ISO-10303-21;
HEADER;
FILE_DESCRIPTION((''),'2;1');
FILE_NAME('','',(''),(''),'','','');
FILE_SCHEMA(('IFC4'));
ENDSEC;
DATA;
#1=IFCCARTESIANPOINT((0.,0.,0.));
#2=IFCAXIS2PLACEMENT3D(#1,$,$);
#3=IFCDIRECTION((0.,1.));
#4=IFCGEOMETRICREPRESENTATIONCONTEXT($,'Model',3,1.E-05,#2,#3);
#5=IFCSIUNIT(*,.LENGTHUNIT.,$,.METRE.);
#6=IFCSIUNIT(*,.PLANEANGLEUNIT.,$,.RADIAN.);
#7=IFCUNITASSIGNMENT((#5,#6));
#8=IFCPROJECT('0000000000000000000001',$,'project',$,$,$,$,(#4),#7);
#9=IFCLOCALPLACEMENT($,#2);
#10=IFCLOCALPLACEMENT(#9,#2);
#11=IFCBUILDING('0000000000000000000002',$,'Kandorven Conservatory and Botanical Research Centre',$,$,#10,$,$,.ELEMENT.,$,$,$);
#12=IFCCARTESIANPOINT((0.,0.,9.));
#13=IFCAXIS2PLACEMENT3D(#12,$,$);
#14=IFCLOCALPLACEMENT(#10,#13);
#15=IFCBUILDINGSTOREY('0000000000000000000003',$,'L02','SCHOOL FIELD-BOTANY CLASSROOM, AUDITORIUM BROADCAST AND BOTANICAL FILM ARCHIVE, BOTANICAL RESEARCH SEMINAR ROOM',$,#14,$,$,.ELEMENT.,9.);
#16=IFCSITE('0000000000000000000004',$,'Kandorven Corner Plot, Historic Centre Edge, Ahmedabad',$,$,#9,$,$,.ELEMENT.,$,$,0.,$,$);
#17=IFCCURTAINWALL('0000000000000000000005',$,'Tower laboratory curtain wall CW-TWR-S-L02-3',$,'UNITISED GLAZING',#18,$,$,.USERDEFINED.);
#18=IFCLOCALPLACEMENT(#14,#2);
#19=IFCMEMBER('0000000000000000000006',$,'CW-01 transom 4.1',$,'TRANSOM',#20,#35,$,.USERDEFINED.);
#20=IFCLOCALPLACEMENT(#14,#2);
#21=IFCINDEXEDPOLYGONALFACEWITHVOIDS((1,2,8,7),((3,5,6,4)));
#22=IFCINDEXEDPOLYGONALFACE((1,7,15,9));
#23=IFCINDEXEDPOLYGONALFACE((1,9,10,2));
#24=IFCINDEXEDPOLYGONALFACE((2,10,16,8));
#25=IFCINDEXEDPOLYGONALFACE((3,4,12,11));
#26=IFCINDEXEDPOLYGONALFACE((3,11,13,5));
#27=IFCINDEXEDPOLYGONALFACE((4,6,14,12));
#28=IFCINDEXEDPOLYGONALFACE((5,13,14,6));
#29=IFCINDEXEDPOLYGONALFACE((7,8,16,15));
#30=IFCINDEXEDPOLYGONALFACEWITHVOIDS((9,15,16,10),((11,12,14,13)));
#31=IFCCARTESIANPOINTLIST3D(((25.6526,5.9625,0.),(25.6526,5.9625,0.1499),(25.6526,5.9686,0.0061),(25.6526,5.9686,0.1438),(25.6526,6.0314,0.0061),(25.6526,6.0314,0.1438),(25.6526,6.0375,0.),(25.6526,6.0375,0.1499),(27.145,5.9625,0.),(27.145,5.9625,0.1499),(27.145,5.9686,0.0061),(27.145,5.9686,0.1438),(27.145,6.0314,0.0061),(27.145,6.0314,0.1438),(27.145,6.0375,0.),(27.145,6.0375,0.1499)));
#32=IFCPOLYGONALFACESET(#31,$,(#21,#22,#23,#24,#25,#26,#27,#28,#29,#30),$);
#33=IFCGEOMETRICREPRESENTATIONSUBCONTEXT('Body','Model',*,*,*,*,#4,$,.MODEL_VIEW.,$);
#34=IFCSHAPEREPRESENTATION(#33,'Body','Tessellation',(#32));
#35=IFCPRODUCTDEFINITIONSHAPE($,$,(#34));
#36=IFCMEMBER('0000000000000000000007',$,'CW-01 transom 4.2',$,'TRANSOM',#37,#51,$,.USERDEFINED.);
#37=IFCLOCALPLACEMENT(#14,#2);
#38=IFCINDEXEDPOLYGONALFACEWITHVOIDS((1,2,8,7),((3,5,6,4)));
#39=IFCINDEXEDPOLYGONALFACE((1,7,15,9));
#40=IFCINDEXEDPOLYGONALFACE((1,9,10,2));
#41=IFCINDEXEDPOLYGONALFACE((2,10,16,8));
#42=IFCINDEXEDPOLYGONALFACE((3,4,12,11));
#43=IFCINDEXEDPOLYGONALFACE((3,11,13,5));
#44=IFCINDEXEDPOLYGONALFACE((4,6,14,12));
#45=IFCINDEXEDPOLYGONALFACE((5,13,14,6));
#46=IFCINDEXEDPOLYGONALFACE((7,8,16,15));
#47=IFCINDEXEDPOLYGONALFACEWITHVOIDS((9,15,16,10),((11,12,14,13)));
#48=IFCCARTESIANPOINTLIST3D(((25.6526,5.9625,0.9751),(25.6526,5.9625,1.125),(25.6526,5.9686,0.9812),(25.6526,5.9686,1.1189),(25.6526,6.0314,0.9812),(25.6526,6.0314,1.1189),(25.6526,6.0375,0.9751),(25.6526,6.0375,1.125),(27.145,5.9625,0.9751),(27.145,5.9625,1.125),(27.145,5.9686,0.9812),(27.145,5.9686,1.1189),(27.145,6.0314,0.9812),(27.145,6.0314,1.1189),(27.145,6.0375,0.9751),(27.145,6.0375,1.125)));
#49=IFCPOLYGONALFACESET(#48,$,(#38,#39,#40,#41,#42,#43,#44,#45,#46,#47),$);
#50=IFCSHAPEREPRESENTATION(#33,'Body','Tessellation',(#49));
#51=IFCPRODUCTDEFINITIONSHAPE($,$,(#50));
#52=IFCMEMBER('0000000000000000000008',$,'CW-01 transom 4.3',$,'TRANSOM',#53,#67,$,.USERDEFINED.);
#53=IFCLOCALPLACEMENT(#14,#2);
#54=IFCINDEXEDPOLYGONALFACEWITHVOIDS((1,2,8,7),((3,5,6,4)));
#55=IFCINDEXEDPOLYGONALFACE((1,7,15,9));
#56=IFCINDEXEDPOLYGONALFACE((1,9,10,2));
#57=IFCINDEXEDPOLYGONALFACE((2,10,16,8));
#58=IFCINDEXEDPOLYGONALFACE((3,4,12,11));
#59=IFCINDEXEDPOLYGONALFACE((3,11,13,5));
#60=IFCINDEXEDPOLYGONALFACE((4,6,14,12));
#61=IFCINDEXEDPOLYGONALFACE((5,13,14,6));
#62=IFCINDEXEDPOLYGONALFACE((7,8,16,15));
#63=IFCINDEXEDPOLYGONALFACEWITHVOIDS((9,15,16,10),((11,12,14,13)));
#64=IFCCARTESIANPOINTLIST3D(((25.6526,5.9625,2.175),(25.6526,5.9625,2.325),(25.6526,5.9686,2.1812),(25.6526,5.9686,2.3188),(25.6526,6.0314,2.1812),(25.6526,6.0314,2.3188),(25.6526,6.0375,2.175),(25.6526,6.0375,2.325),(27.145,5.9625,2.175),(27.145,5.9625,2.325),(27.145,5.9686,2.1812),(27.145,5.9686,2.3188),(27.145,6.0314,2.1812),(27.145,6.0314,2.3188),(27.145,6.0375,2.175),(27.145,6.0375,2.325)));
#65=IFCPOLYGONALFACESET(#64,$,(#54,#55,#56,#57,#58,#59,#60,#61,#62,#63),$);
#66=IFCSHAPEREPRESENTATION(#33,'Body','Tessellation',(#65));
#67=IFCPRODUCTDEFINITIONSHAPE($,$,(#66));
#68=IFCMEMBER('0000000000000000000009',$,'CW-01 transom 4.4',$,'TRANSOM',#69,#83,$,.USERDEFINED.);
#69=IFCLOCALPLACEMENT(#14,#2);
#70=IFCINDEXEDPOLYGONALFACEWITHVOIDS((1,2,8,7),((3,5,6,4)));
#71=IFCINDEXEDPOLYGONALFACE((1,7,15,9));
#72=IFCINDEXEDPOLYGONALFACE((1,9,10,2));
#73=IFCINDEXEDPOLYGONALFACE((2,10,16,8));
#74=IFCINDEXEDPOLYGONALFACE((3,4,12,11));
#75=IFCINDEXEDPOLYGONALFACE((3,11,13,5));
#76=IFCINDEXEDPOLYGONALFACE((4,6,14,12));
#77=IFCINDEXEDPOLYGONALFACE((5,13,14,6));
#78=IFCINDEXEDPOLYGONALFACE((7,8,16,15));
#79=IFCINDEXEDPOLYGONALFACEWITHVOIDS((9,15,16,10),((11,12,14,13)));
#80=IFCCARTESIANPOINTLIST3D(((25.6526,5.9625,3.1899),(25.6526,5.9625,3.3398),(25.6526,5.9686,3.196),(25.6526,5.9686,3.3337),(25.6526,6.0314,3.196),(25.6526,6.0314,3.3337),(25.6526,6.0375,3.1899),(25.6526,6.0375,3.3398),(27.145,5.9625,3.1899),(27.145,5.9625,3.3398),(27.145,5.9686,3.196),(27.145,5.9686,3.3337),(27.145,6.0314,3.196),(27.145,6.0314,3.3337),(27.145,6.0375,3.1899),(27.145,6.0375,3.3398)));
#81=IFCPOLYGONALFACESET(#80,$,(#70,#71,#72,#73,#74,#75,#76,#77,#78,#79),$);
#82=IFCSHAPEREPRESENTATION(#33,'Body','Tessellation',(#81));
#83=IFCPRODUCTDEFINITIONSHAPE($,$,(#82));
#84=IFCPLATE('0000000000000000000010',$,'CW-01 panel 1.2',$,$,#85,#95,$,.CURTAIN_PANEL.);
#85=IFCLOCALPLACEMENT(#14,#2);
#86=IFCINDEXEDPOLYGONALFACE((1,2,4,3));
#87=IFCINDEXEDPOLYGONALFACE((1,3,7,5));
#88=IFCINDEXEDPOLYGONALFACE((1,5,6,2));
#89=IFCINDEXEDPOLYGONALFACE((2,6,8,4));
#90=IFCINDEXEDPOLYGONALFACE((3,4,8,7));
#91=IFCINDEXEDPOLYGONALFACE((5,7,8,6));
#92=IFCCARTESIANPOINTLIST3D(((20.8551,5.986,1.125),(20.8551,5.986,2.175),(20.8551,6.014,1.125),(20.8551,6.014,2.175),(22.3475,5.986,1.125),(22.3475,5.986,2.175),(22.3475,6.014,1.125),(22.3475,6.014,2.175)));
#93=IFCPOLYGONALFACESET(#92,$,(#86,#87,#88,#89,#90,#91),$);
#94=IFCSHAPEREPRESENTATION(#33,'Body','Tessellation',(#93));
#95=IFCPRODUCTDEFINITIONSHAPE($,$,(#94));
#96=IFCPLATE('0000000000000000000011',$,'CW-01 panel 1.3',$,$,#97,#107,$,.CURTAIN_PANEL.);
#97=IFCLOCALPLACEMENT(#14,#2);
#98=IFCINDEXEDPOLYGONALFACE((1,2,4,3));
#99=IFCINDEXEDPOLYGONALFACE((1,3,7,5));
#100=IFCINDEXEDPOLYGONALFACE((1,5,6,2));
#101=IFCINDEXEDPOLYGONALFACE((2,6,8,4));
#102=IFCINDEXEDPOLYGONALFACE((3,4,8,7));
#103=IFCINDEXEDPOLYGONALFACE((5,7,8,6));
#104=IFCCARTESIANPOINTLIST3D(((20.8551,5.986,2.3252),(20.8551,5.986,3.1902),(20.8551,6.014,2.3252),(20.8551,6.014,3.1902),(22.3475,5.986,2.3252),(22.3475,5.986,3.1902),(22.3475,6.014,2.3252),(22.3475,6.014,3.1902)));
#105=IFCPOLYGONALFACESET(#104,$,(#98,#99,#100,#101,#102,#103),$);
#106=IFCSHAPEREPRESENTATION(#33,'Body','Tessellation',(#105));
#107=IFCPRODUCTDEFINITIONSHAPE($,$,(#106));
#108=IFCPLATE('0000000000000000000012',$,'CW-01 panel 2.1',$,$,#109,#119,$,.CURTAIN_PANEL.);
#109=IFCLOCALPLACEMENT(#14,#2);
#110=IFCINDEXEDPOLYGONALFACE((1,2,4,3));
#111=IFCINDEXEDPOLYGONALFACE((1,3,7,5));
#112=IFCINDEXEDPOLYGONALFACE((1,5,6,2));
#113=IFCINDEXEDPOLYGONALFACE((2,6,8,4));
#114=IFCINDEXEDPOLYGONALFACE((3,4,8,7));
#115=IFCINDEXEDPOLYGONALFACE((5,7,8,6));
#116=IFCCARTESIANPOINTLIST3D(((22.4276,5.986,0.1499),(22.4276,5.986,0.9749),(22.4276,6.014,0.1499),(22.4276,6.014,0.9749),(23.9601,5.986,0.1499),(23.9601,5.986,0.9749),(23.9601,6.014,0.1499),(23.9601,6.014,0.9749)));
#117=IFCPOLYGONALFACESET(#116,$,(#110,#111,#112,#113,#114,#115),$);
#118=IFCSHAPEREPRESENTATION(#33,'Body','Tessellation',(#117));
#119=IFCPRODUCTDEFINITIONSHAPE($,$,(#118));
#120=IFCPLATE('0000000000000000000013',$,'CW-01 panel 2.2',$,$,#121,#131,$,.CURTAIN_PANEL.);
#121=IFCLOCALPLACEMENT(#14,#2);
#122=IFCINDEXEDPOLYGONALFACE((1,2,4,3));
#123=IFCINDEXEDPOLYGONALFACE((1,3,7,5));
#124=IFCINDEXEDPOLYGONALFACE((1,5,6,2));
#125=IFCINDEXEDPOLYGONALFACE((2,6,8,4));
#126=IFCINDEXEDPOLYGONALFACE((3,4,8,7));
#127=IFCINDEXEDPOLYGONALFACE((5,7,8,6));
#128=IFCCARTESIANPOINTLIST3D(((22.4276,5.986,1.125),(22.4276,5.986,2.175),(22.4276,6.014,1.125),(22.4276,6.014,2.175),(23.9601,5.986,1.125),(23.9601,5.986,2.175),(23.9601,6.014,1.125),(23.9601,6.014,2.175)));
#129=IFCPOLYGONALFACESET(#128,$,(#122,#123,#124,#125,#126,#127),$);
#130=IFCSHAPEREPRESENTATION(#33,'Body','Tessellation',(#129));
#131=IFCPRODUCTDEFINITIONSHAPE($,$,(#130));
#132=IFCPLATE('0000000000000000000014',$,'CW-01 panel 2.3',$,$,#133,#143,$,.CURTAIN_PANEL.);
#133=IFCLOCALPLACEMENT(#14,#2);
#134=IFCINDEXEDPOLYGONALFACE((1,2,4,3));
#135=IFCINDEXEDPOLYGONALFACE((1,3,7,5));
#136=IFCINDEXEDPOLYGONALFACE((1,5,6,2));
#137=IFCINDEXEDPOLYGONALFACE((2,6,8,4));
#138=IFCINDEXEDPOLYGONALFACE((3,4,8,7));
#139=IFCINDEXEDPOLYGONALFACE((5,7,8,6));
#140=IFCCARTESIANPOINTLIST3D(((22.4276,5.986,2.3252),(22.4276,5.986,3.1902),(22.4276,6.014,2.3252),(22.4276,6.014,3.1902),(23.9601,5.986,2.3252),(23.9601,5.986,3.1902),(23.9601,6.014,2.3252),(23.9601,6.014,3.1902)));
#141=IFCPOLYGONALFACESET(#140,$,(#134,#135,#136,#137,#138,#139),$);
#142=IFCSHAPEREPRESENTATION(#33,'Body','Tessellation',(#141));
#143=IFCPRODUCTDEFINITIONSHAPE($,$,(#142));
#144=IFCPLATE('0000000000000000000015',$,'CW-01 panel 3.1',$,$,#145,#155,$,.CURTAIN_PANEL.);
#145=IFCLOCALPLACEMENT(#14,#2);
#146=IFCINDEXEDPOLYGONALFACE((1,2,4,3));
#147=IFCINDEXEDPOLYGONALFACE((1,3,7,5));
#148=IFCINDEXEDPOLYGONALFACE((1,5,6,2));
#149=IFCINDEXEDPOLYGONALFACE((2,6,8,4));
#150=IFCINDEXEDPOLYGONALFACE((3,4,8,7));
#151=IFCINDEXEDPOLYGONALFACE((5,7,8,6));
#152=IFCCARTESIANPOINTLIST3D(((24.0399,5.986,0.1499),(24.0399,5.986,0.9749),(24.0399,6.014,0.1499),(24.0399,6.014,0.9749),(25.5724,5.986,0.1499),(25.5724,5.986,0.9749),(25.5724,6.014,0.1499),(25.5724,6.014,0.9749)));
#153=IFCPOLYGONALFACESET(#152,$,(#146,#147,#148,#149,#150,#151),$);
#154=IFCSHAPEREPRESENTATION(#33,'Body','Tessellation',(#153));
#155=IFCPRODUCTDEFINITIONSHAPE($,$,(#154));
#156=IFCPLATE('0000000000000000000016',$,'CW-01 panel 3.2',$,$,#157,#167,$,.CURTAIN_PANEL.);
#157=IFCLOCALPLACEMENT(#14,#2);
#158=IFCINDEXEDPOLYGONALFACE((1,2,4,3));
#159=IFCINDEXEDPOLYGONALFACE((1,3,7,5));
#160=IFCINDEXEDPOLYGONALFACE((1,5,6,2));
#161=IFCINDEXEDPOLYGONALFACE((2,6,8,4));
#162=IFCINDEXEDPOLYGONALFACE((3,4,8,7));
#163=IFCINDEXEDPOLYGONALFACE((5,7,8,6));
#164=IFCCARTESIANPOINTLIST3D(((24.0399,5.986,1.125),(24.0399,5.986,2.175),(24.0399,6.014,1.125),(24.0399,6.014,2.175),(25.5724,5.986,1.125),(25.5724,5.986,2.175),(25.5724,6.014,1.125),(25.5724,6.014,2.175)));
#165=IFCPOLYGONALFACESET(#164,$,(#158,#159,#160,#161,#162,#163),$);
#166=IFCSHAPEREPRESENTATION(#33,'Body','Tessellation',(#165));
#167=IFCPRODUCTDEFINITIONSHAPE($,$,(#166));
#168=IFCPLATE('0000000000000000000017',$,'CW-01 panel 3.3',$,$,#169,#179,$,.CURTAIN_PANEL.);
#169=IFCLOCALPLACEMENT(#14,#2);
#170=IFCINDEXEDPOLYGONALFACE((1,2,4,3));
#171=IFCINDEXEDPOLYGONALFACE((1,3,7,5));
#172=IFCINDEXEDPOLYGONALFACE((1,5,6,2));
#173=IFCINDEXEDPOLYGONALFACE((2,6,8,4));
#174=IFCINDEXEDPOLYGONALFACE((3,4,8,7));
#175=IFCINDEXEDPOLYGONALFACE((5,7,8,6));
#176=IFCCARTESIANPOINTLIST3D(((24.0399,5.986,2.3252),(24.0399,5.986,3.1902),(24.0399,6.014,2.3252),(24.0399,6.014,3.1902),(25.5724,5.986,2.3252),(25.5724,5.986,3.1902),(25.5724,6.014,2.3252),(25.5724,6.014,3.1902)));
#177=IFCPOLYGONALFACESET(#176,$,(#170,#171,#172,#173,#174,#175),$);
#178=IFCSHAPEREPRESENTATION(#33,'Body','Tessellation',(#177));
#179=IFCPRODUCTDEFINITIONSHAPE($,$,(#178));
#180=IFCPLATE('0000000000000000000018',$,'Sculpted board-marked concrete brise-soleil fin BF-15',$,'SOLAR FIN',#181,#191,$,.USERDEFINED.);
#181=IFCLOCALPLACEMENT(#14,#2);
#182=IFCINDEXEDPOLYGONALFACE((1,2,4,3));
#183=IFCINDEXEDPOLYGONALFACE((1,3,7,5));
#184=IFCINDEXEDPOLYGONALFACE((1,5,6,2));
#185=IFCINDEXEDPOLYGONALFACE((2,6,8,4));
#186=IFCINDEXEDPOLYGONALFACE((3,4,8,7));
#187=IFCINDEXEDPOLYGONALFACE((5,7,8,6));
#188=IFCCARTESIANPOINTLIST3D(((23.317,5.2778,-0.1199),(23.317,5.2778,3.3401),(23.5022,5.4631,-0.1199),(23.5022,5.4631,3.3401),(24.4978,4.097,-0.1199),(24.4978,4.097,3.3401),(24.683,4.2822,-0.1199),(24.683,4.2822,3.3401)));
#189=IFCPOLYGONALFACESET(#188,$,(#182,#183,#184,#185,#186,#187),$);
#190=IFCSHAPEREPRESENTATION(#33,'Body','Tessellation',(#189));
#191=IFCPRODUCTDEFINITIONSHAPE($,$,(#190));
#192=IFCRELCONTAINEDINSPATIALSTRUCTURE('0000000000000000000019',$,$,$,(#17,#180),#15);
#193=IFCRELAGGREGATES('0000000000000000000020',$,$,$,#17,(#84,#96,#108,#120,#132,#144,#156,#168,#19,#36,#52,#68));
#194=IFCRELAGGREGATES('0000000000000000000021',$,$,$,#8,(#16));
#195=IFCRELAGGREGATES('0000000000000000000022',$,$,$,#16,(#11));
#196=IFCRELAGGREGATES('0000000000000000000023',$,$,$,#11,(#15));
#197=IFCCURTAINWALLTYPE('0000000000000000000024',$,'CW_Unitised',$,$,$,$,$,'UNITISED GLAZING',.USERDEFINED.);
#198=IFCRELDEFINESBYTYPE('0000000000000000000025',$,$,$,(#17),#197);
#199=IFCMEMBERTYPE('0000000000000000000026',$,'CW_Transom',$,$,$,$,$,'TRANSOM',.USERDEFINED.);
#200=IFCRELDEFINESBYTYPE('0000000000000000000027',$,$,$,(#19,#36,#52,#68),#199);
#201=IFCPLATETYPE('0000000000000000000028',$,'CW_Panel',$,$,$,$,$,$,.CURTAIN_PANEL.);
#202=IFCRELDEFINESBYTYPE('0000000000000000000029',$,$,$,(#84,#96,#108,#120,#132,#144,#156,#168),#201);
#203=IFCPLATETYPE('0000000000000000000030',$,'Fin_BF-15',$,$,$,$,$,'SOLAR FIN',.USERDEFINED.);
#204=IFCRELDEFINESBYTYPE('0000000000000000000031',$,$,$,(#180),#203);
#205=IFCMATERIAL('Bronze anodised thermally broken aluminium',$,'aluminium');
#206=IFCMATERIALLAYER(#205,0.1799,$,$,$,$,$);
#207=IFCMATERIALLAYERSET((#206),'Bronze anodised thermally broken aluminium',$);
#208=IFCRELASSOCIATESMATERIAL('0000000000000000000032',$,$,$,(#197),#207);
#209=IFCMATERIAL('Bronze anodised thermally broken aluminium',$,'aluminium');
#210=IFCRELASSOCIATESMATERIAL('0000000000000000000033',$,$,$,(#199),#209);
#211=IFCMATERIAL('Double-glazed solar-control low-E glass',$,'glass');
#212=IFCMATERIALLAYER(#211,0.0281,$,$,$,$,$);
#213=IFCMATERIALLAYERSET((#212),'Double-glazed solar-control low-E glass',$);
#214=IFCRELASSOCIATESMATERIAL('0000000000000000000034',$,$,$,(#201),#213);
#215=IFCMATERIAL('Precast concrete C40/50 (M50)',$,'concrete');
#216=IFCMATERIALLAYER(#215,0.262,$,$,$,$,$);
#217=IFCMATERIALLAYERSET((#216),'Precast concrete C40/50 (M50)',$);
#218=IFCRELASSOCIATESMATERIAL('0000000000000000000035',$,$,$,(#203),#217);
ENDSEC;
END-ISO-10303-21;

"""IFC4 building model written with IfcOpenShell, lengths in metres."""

from ifc_helpers import new_model, si_unit, direction, frame, origin, origin_2d, place, context, subcontext, project, spatial, rectangle, hollow_rectangle, extrude, material, layer, layer_set, material_profile, profile_set, type_object, element, aggregate, save


model = new_model("IFC4")

# Units and contexts
model_context = context("Model", 3, precision=1e-05, world=origin(), true_north=direction((0.0, 1.0)))
body_context = subcontext(model_context, "Body", "Model", "MODEL_VIEW")
ifc_project = project(units=[si_unit("LENGTHUNIT", "METRE"), si_unit("PLANEANGLEUNIT", "RADIAN")], contexts=[model_context])

# Site, building, storey
site_placement = place(None, origin())
site = spatial("IfcSite", under=ifc_project, at=site_placement, Name="Kandorven Corner Plot, Historic Centre Edge, Ahmedabad", CompositionType="ELEMENT", RefElevation=0.0)
building_placement = place(site_placement, origin())
building = spatial("IfcBuilding", under=site, at=building_placement, Name="Kandorven Conservatory and Botanical Research Centre", CompositionType="ELEMENT")
storey_placement = place(building_placement, frame((0.0, 0.0, 9.0)))
storey = spatial("IfcBuildingStorey", under=building, at=storey_placement, Name="L02", Description="SCHOOL FIELD-BOTANY CLASSROOM, AUDITORIUM BROADCAST AND BOTANICAL FILM ARCHIVE, BOTANICAL RESEARCH SEMINAR ROOM", CompositionType="ELEMENT", Elevation=9.0)

# Curtain wall, members, plates
ifc_material_1 = material(Name="Bronze anodised thermally broken aluminium", Category="aluminium")
ifc_layer_1 = layer(ifc_material_1, 0.1799)
ifc_layer_set_1 = layer_set([ifc_layer_1], Name="Bronze anodised thermally broken aluminium")
curtain_wall_type = type_object("IfcCurtainWallType", Name="CW_Unitised", ElementType="UNITISED GLAZING", PredefinedType="USERDEFINED", material=ifc_layer_set_1)
curtain_wall_placement = place(storey_placement, origin())
curtain_wall = element("IfcCurtainWall", 1, at=curtain_wall_placement, inside=storey, type_object=curtain_wall_type, Name="Tower laboratory curtain wall CW-TWR-S-L02-3", ObjectType="UNITISED GLAZING", PredefinedType="USERDEFINED")
ifc_material_2 = material(Name="Bronze anodised thermally broken aluminium", Category="aluminium")
ifc_material_profile_1 = material_profile(ifc_material_2, hollow_rectangle(XDim=0.075, YDim=0.1499, WallThickness=0.0061, at=origin_2d()))
ifc_profile_set_1 = profile_set([ifc_material_profile_1], Name="Bronze anodised thermally broken aluminium")
member_type_1 = type_object("IfcMemberType", Name="CW_Transom", ElementType="TRANSOM", PredefinedType="USERDEFINED", material=ifc_profile_set_1)
member_1_placement = place(storey_placement, frame((25.6526, 6.0, 0.075), z_axis=(1.0, 0.0, 0.0), x_axis=(0.0, 1.0, 0.0)))
member_1 = element("IfcMember", 2, at=member_1_placement, type_object=member_type_1, Name="CW-01 transom 4.1", ObjectType="TRANSOM", PredefinedType="USERDEFINED", context=body_context, shape_type="SweptSolid", body=[
    extrude(hollow_rectangle(XDim=0.075, YDim=0.1499, WallThickness=0.0061, at=origin_2d()), origin(), (0.0, 0.0, 1.0), 1.4924),
])
member_2_placement = place(storey_placement, frame((25.6526, 6.0, 1.05), z_axis=(1.0, 0.0, 0.0), x_axis=(0.0, 1.0, 0.0)))
member_2 = element("IfcMember", 3, at=member_2_placement, type_object=member_type_1, Name="CW-01 transom 4.2", ObjectType="TRANSOM", PredefinedType="USERDEFINED", context=body_context, shape_type="SweptSolid", body=[
    extrude(hollow_rectangle(XDim=0.075, YDim=0.1499, WallThickness=0.0061, at=origin_2d()), origin(), (0.0, 0.0, 1.0), 1.4924),
])
member_3_placement = place(storey_placement, frame((25.6526, 6.0, 2.25), z_axis=(1.0, 0.0, 0.0), x_axis=(0.0, 1.0, 0.0)))
member_3 = element("IfcMember", 4, at=member_3_placement, type_object=member_type_1, Name="CW-01 transom 4.3", ObjectType="TRANSOM", PredefinedType="USERDEFINED", context=body_context, shape_type="SweptSolid", body=[
    extrude(hollow_rectangle(XDim=0.075, YDim=0.1499, WallThickness=0.0061, at=origin_2d()), origin(), (0.0, 0.0, 1.0), 1.4924),
])
member_4_placement = place(storey_placement, frame((25.6526, 6.0, 3.2649), z_axis=(1.0, 0.0, 0.0), x_axis=(0.0, 1.0, 0.0)))
member_4 = element("IfcMember", 5, at=member_4_placement, type_object=member_type_1, Name="CW-01 transom 4.4", ObjectType="TRANSOM", PredefinedType="USERDEFINED", context=body_context, shape_type="SweptSolid", body=[
    extrude(hollow_rectangle(XDim=0.075, YDim=0.1499, WallThickness=0.0061, at=origin_2d()), origin(), (0.0, 0.0, 1.0), 1.4924),
])
ifc_material_3 = material(Name="Double-glazed solar-control low-E glass", Category="glass")
ifc_layer_2 = layer(ifc_material_3, 0.0281)
ifc_layer_set_2 = layer_set([ifc_layer_2], Name="Double-glazed solar-control low-E glass")
plate_type_1 = type_object("IfcPlateType", Name="CW_Panel", PredefinedType="CURTAIN_PANEL", material=ifc_layer_set_2)
plate_1_placement = place(storey_placement, frame((21.6013, 6.0, 1.125), z_axis=(0.0, 0.0, 1.0), x_axis=(1.0, 0.0, 0.0)))
plate_1 = element("IfcPlate", 6, at=plate_1_placement, type_object=plate_type_1, Name="CW-01 panel 1.2", PredefinedType="CURTAIN_PANEL", context=body_context, shape_type="SweptSolid", body=[
    extrude(rectangle(XDim=1.4924, YDim=0.0281, at=origin_2d()), origin(), (0.0, 0.0, 1.0), 1.05),
])
plate_2_placement = place(storey_placement, frame((21.6013, 6.0, 2.3252), z_axis=(0.0, 0.0, 1.0), x_axis=(1.0, 0.0, 0.0)))
plate_2 = element("IfcPlate", 7, at=plate_2_placement, type_object=plate_type_1, Name="CW-01 panel 1.3", PredefinedType="CURTAIN_PANEL", context=body_context, shape_type="SweptSolid", body=[
    extrude(rectangle(XDim=1.4924, YDim=0.0281, at=origin_2d()), origin(), (0.0, 0.0, 1.0), 0.865),
])
plate_3_placement = place(storey_placement, frame((23.1938, 6.0, 0.1499), z_axis=(0.0, 0.0, 1.0), x_axis=(1.0, 0.0, 0.0)))
plate_3 = element("IfcPlate", 8, at=plate_3_placement, type_object=plate_type_1, Name="CW-01 panel 2.1", PredefinedType="CURTAIN_PANEL", context=body_context, shape_type="SweptSolid", body=[
    extrude(rectangle(XDim=1.5325, YDim=0.0281, at=origin_2d()), origin(), (0.0, 0.0, 1.0), 0.825),
])
plate_4_placement = place(storey_placement, frame((23.1938, 6.0, 1.125), z_axis=(0.0, 0.0, 1.0), x_axis=(1.0, 0.0, 0.0)))
plate_4 = element("IfcPlate", 9, at=plate_4_placement, type_object=plate_type_1, Name="CW-01 panel 2.2", PredefinedType="CURTAIN_PANEL", context=body_context, shape_type="SweptSolid", body=[
    extrude(rectangle(XDim=1.5325, YDim=0.0281, at=origin_2d()), origin(), (0.0, 0.0, 1.0), 1.05),
])
plate_5_placement = place(storey_placement, frame((23.1938, 6.0, 2.3252), z_axis=(0.0, 0.0, 1.0), x_axis=(1.0, 0.0, 0.0)))
plate_5 = element("IfcPlate", 10, at=plate_5_placement, type_object=plate_type_1, Name="CW-01 panel 2.3", PredefinedType="CURTAIN_PANEL", context=body_context, shape_type="SweptSolid", body=[
    extrude(rectangle(XDim=1.5325, YDim=0.0281, at=origin_2d()), origin(), (0.0, 0.0, 1.0), 0.865),
])
plate_6_placement = place(storey_placement, frame((24.8062, 6.0, 0.1499), z_axis=(0.0, 0.0, 1.0), x_axis=(1.0, 0.0, 0.0)))
plate_6 = element("IfcPlate", 11, at=plate_6_placement, type_object=plate_type_1, Name="CW-01 panel 3.1", PredefinedType="CURTAIN_PANEL", context=body_context, shape_type="SweptSolid", body=[
    extrude(rectangle(XDim=1.5325, YDim=0.0281, at=origin_2d()), origin(), (0.0, 0.0, 1.0), 0.825),
])
plate_7_placement = place(storey_placement, frame((24.8062, 6.0, 1.125), z_axis=(0.0, 0.0, 1.0), x_axis=(1.0, 0.0, 0.0)))
plate_7 = element("IfcPlate", 12, at=plate_7_placement, type_object=plate_type_1, Name="CW-01 panel 3.2", PredefinedType="CURTAIN_PANEL", context=body_context, shape_type="SweptSolid", body=[
    extrude(rectangle(XDim=1.5325, YDim=0.0281, at=origin_2d()), origin(), (0.0, 0.0, 1.0), 1.05),
])
plate_8_placement = place(storey_placement, frame((24.8062, 6.0, 2.3252), z_axis=(0.0, 0.0, 1.0), x_axis=(1.0, 0.0, 0.0)))
plate_8 = element("IfcPlate", 13, at=plate_8_placement, type_object=plate_type_1, Name="CW-01 panel 3.3", PredefinedType="CURTAIN_PANEL", context=body_context, shape_type="SweptSolid", body=[
    extrude(rectangle(XDim=1.5325, YDim=0.0281, at=origin_2d()), origin(), (0.0, 0.0, 1.0), 0.865),
])
aggregate(curtain_wall, [plate_1, plate_2, plate_3, plate_4, plate_5, plate_6, plate_7, plate_8, member_1, member_2, member_3, member_4])

# Plate
ifc_material_4 = material(Name="Precast concrete C40/50 (M50)", Category="concrete")
ifc_layer_3 = layer(ifc_material_4, 0.262)
ifc_layer_set_3 = layer_set([ifc_layer_3], Name="Precast concrete C40/50 (M50)")
plate_type_2 = type_object("IfcPlateType", Name="Fin_BF-15", ElementType="SOLAR FIN", PredefinedType="USERDEFINED", material=ifc_layer_set_3)
plate_9_placement = place(storey_placement, frame((24.0, 4.78, -0.1199), z_axis=(0.0, 0.0, 1.0), x_axis=(-0.707107, 0.707107, 0.0)))
element("IfcPlate", 14, at=plate_9_placement, inside=storey, type_object=plate_type_2, Name="Sculpted board-marked concrete brise-soleil fin BF-15", ObjectType="SOLAR FIN", PredefinedType="USERDEFINED", context=body_context, shape_type="SweptSolid", body=[
    extrude(rectangle(XDim=1.6699, YDim=0.262, at=origin_2d()), origin(), (0.0, 0.0, 1.0), 3.46),
])

save(model, "model.ifc")
